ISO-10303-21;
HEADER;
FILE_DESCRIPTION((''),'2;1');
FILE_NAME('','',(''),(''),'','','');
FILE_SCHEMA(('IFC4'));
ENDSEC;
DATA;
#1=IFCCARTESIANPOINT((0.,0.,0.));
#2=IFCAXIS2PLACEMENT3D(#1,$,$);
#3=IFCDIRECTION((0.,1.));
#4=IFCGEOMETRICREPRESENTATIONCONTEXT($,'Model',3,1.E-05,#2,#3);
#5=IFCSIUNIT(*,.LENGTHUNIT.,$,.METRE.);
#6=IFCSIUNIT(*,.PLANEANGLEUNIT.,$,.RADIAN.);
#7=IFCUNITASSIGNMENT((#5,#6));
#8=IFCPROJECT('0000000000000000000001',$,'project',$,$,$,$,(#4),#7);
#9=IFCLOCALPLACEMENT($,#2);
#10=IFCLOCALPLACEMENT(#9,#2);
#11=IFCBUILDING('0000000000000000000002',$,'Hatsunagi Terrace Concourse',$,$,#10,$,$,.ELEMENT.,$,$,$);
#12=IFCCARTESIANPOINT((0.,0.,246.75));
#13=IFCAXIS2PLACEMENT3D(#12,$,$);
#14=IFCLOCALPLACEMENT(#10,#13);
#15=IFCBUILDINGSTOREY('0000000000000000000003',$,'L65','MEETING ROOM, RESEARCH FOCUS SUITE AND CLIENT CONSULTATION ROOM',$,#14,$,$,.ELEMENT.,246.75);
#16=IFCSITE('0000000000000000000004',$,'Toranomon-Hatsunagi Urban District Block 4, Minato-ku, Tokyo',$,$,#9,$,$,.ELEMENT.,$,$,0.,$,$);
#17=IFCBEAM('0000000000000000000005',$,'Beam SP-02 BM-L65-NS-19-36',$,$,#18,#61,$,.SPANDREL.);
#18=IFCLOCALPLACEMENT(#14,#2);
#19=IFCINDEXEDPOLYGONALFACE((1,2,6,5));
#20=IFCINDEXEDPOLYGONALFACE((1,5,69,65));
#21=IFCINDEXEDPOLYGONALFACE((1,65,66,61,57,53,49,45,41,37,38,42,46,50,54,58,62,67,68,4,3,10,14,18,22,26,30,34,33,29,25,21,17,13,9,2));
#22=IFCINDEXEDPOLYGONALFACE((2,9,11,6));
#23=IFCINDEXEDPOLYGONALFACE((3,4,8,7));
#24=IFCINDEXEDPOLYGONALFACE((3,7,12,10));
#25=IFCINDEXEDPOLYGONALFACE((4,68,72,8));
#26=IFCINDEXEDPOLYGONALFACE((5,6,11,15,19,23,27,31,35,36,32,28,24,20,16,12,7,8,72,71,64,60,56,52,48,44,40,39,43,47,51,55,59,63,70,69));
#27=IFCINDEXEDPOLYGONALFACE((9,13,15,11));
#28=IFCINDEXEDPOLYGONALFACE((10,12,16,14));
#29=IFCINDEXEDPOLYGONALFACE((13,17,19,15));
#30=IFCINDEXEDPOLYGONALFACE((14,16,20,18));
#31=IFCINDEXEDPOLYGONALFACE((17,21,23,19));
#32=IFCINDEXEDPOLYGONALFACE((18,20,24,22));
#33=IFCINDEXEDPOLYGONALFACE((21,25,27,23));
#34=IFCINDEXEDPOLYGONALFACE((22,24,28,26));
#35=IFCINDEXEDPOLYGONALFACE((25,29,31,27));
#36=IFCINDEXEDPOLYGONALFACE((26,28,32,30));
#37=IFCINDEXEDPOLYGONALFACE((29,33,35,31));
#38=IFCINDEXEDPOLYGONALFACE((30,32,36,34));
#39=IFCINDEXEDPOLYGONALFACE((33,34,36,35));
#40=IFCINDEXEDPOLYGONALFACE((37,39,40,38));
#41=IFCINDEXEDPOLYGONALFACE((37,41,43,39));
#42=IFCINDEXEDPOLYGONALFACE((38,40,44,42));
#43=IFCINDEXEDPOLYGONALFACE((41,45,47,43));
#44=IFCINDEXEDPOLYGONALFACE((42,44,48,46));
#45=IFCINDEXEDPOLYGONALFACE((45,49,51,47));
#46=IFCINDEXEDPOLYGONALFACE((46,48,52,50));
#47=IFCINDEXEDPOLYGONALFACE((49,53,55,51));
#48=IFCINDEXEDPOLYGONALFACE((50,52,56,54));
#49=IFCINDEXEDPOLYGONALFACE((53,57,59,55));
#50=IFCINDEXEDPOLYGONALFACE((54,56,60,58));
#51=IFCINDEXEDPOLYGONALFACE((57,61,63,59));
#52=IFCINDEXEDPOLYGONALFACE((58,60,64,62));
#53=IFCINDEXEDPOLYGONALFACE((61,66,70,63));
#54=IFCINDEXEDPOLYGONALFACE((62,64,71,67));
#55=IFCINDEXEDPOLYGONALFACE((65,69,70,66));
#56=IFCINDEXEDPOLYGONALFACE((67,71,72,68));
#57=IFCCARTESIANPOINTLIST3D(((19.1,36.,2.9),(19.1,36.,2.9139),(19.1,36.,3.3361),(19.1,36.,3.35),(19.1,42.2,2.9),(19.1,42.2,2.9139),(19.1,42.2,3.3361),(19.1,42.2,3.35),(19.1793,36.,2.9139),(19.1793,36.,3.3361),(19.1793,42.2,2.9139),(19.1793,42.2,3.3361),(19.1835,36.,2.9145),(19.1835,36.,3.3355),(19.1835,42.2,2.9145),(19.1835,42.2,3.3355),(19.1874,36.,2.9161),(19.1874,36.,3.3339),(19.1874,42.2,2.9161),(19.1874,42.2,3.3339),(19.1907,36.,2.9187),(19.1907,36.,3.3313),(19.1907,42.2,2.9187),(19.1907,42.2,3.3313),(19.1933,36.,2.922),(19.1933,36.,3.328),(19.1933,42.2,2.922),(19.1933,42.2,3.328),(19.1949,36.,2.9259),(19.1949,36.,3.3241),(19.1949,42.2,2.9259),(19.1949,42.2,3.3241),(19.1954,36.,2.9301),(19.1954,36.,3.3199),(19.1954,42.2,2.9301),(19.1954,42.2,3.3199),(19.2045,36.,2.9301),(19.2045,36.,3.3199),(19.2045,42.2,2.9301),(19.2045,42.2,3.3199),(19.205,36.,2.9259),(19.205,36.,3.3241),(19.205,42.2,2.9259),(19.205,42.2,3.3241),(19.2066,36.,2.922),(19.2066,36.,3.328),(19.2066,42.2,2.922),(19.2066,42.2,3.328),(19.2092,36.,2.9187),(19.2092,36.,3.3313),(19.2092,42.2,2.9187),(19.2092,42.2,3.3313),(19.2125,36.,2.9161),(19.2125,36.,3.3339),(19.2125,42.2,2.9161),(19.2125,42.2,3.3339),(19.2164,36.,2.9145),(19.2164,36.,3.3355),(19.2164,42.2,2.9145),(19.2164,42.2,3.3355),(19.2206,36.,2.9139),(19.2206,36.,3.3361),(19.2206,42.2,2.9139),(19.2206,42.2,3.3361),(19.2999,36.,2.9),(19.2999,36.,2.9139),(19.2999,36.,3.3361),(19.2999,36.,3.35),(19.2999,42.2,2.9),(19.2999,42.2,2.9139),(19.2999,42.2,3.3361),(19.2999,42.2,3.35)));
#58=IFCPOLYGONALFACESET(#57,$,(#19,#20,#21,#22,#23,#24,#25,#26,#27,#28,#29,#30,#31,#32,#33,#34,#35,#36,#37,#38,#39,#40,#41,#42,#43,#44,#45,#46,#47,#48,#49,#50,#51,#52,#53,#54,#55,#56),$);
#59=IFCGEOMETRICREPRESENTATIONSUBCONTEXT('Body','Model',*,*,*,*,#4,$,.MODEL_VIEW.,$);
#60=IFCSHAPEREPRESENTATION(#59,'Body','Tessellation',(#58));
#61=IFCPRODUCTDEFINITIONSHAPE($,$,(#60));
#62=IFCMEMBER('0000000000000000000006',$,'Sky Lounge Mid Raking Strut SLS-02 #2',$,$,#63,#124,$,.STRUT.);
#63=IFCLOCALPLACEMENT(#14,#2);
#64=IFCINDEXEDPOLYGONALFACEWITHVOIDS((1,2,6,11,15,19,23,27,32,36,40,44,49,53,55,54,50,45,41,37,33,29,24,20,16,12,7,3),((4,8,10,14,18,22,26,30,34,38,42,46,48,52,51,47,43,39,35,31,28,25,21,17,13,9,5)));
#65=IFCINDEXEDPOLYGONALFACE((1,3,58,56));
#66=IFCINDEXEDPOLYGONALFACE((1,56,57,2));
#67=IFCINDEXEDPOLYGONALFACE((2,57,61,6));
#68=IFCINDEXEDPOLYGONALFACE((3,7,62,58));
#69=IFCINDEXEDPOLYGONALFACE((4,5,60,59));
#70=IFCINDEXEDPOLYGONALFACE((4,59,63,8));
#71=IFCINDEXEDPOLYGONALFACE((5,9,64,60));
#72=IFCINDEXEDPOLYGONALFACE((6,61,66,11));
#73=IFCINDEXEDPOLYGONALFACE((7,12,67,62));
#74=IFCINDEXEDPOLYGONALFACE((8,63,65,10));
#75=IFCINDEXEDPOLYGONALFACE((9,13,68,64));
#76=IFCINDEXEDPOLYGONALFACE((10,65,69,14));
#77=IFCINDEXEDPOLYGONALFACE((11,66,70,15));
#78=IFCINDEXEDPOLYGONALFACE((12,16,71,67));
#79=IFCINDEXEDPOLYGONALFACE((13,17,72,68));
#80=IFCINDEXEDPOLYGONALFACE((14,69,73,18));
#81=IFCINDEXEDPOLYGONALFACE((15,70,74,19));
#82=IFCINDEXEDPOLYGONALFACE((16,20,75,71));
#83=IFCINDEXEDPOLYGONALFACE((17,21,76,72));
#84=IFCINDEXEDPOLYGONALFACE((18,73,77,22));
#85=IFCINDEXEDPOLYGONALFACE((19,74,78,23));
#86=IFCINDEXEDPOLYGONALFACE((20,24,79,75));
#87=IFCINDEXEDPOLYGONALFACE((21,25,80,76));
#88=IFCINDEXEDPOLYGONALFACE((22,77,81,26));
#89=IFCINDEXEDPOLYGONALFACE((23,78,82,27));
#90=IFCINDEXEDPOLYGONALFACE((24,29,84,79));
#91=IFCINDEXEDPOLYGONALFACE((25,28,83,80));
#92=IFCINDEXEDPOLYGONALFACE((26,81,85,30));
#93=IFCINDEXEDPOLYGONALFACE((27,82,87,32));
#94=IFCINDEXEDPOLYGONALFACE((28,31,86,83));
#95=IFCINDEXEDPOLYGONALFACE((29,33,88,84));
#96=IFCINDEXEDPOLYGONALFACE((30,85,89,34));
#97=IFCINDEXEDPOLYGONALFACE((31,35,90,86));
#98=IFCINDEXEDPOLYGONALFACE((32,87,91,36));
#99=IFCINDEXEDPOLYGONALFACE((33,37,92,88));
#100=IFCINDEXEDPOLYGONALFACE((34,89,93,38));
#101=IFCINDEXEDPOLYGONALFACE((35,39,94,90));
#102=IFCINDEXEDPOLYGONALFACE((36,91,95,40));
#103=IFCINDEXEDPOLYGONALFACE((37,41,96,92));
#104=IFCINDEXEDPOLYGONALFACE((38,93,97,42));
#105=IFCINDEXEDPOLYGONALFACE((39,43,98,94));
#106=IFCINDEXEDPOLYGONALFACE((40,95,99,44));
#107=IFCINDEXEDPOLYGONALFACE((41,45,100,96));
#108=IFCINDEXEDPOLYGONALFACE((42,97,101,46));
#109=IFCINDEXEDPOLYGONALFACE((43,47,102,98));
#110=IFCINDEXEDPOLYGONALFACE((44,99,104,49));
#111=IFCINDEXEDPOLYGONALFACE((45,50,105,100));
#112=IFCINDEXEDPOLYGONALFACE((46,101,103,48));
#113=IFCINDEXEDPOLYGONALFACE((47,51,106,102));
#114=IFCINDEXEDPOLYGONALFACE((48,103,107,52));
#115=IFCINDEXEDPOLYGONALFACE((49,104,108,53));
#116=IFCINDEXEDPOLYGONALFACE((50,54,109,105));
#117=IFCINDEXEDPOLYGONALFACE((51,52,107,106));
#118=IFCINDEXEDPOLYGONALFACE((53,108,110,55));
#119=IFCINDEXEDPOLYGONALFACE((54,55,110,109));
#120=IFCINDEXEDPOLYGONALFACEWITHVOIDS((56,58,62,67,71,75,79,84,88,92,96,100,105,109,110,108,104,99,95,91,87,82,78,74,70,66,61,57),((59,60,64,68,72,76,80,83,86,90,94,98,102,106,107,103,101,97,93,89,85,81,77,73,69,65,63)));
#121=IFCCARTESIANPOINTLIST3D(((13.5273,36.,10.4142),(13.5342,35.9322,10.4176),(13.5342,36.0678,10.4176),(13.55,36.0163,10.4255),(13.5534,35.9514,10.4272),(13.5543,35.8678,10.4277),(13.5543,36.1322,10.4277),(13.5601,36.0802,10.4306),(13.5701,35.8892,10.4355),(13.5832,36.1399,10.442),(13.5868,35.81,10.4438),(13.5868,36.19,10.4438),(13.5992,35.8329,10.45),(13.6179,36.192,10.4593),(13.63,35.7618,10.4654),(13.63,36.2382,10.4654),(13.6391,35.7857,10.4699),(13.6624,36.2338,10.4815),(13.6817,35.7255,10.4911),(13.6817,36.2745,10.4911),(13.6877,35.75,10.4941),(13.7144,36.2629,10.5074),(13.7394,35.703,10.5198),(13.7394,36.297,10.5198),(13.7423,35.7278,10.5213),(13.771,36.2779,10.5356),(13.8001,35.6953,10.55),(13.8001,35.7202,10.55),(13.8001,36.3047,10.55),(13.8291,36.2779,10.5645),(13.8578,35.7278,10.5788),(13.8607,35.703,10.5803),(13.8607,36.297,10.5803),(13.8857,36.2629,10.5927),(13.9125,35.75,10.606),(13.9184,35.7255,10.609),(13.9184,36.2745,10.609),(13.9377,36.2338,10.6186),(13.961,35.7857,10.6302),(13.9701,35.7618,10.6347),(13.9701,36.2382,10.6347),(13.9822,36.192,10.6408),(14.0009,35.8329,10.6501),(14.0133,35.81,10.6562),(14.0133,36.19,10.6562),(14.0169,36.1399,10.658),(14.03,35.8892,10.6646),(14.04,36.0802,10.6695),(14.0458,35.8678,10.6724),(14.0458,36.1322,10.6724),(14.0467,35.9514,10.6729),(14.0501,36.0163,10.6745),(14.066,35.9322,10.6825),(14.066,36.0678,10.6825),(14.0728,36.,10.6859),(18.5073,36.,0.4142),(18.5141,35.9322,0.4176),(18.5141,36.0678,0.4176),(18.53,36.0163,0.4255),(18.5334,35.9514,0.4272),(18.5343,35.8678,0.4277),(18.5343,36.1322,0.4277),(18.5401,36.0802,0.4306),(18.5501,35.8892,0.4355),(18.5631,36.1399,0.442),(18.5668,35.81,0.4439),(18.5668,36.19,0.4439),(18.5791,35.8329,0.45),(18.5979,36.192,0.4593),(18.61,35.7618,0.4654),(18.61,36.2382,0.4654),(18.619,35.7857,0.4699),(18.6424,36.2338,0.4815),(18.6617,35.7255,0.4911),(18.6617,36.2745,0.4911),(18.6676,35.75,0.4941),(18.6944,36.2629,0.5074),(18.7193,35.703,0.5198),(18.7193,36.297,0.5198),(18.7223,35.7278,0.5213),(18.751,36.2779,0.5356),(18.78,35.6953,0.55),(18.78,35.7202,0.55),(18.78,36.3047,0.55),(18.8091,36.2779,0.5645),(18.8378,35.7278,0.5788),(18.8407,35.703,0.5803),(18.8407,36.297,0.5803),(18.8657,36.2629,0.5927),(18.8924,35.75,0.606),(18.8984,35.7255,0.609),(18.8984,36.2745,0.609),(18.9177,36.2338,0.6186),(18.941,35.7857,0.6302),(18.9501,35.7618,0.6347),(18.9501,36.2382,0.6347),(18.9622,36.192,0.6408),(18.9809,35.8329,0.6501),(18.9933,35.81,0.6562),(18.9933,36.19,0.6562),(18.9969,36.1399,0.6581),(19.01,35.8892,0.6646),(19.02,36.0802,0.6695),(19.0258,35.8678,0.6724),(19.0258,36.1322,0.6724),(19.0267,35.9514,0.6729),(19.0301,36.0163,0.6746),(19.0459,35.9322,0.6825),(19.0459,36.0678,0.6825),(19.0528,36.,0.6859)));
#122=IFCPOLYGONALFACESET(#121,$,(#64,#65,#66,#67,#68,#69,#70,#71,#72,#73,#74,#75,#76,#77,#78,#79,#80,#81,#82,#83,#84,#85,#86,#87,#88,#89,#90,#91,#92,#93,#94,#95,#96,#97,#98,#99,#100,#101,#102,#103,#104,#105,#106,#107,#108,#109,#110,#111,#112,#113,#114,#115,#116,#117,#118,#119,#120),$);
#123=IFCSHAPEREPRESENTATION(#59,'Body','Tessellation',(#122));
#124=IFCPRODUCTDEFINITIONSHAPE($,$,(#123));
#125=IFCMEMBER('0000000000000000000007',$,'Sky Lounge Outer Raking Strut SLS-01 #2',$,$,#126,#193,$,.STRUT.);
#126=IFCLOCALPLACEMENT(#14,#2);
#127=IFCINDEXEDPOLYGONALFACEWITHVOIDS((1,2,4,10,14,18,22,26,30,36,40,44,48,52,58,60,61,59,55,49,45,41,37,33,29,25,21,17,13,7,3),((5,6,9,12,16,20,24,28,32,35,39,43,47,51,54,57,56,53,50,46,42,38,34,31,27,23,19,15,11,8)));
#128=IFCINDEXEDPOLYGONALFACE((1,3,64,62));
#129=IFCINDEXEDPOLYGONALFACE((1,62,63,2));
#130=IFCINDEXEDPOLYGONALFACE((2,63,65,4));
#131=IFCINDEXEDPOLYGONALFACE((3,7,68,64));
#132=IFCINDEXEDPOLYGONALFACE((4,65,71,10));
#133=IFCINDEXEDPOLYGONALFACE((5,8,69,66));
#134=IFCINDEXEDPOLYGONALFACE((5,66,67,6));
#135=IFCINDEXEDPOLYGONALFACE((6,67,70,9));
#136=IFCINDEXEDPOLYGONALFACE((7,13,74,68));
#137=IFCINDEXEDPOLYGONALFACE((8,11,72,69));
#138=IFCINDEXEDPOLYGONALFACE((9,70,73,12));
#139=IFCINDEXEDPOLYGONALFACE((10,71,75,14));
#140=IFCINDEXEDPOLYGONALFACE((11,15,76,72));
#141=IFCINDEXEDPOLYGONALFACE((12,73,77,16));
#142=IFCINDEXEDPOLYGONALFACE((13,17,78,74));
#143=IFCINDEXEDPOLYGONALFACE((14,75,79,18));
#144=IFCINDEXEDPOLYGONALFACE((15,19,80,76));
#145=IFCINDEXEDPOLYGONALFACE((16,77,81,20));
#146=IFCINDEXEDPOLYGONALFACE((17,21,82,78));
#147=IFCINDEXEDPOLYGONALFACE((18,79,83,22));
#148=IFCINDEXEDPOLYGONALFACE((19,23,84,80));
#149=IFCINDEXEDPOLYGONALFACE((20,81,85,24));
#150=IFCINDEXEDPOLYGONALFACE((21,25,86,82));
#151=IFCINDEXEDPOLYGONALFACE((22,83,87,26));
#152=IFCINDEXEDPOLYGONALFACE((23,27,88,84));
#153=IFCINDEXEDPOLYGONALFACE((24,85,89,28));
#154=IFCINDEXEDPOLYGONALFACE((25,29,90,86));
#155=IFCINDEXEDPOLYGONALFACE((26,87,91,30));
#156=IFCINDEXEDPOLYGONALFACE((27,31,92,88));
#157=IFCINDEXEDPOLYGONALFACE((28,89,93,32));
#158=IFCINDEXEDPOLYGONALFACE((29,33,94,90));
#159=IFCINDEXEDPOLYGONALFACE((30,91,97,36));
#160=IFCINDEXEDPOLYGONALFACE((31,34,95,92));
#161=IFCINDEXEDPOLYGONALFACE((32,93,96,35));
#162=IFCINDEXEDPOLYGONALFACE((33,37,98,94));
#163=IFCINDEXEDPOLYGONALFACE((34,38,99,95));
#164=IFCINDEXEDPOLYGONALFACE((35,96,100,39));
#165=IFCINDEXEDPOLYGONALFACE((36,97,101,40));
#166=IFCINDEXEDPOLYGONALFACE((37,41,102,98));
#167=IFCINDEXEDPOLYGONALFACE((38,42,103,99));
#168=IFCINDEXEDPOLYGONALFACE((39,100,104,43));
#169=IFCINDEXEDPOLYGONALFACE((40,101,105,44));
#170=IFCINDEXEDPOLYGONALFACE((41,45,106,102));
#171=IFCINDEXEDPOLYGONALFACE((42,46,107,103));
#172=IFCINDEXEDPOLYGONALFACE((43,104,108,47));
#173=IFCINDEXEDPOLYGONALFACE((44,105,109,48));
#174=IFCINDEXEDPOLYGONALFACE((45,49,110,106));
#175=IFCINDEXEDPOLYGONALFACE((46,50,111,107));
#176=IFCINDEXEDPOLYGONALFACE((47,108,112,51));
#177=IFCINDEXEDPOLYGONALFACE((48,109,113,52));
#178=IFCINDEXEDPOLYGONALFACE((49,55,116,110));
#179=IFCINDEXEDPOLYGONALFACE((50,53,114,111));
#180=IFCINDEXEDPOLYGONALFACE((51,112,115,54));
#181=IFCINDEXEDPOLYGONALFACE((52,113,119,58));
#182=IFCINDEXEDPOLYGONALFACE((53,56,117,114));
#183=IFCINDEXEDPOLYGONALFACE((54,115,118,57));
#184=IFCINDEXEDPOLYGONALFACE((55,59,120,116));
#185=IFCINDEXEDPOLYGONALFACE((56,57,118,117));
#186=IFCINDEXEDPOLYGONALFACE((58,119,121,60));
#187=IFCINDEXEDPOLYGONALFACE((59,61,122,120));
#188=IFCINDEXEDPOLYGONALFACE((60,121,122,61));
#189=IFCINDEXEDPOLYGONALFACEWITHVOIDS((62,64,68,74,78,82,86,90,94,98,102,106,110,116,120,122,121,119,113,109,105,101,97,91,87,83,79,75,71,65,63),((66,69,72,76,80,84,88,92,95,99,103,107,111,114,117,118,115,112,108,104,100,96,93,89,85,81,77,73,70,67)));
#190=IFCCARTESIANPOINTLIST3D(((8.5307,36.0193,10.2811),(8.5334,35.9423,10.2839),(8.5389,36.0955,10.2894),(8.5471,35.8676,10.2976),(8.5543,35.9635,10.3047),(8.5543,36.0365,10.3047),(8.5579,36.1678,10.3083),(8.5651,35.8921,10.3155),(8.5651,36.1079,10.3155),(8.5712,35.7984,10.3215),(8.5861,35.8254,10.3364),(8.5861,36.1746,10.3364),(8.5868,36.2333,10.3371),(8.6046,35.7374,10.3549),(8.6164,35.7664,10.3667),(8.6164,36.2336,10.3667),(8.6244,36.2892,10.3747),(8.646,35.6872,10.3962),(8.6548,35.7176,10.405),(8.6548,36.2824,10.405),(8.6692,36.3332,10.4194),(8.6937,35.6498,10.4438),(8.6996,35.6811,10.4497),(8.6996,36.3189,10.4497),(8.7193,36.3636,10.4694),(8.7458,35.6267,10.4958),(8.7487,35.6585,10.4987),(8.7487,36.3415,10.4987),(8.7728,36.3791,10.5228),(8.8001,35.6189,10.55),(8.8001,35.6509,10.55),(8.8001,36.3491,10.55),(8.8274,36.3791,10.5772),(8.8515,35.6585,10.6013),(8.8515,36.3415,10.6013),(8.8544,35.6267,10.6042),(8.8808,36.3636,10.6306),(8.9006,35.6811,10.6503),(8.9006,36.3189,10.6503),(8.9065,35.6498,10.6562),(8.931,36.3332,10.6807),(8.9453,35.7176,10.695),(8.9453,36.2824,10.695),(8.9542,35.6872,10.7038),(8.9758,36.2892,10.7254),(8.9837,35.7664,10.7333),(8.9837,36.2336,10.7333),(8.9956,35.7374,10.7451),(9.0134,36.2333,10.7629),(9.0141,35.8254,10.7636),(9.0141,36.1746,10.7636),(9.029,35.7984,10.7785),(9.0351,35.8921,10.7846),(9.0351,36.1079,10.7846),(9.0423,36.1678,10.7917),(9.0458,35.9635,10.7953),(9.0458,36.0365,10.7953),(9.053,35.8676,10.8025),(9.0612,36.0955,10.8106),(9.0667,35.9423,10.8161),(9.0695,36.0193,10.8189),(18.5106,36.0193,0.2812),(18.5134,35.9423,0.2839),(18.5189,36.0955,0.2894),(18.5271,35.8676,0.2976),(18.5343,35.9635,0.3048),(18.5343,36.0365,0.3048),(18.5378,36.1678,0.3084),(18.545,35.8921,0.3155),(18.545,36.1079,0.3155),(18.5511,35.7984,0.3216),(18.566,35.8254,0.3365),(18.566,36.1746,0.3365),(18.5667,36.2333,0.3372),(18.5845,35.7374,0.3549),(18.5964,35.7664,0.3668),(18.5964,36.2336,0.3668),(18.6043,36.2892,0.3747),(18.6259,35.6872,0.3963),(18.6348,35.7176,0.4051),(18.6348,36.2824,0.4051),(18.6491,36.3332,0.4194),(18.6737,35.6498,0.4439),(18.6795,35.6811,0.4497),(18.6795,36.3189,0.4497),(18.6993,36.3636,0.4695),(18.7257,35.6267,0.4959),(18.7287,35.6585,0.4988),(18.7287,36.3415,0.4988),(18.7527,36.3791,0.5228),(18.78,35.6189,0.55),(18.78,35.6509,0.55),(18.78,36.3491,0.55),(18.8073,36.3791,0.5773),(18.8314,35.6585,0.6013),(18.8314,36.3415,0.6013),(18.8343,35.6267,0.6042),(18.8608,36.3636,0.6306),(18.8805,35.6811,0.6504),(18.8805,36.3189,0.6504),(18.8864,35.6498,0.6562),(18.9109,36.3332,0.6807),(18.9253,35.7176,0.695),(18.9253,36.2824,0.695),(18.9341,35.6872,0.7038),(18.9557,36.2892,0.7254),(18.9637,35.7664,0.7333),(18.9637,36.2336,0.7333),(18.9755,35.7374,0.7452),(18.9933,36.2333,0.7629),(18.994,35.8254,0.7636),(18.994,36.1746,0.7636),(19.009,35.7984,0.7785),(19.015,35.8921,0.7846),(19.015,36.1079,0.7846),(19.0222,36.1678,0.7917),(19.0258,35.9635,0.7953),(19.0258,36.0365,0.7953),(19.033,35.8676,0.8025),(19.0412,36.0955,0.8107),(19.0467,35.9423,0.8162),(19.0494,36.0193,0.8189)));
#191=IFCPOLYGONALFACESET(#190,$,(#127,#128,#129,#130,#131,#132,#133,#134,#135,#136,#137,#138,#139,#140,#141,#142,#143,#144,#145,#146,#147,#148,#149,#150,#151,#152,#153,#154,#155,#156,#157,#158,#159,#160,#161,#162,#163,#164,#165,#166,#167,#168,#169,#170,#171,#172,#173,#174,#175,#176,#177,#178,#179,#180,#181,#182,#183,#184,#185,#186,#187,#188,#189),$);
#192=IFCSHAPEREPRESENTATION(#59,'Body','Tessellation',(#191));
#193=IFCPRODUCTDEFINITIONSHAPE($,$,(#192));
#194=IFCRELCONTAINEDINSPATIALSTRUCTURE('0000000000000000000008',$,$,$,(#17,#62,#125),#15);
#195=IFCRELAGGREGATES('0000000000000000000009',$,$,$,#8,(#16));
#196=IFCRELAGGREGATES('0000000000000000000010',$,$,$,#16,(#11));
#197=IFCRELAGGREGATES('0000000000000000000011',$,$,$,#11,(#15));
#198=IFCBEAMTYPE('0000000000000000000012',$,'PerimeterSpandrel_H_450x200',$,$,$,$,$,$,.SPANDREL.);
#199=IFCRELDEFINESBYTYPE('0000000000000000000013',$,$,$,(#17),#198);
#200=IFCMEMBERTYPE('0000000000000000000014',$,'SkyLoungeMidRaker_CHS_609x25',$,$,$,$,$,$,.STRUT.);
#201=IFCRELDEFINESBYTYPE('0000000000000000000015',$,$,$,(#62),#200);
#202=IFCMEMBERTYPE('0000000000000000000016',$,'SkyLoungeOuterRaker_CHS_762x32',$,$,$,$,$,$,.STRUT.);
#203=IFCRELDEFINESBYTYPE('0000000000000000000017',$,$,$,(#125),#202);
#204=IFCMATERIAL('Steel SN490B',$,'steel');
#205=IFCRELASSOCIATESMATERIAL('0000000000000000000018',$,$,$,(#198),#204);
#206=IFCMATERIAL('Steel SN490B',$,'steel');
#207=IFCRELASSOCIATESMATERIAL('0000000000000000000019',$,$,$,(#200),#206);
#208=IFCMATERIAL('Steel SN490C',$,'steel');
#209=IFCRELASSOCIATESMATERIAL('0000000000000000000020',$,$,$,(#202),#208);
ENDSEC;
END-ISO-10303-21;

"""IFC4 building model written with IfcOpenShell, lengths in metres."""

from ifc_helpers import new_model, si_unit, direction, frame, origin, origin_2d, place, context, subcontext, project, spatial, hollow_circle, i_section, extrude, material, material_profile, profile_set, type_object, element, save


model = new_model("IFC4")

# Units and contexts
model_context = context("Model", 3, precision=1e-05, world=origin(), true_north=direction((0.0, 1.0)))
body_context = subcontext(model_context, "Body", "Model", "MODEL_VIEW")
ifc_project = project(units=[si_unit("LENGTHUNIT", "METRE"), si_unit("PLANEANGLEUNIT", "RADIAN")], contexts=[model_context])

# Site, building, storey
site_placement = place(None, origin())
site = spatial("IfcSite", under=ifc_project, at=site_placement, Name="Toranomon-Hatsunagi Urban District Block 4, Minato-ku, Tokyo", CompositionType="ELEMENT", RefElevation=0.0)
building_placement = place(site_placement, origin())
building = spatial("IfcBuilding", under=site, at=building_placement, Name="Hatsunagi Terrace Concourse", CompositionType="ELEMENT")
storey_placement = place(building_placement, frame((0.0, 0.0, 246.75)))
storey = spatial("IfcBuildingStorey", under=building, at=storey_placement, Name="L65", Description="MEETING ROOM, RESEARCH FOCUS SUITE AND CLIENT CONSULTATION ROOM", CompositionType="ELEMENT", Elevation=246.75)

# Beam
ifc_material_1 = material(Name="Steel SN490B", Category="steel")
ifc_material_profile_1 = material_profile(ifc_material_1, i_section(OverallWidth=0.2, OverallDepth=0.45, WebThickness=0.009, FlangeThickness=0.0139, FilletRadius=0.0161, at=origin_2d()), Name="H-450x200x9x14")
ifc_profile_set_1 = profile_set([ifc_material_profile_1], Name="Steel SN490B")
beam_type_1 = type_object("IfcBeamType", Name="PerimeterSpandrel_H_450x200", PredefinedType="SPANDREL", material=ifc_profile_set_1)
beam_1_placement = place(storey_placement, frame((19.2, 36.0, 3.125), z_axis=(0.0, 1.0, 0.0), x_axis=(-1.0, 0.0, 0.0)))
element("IfcBeam", 1, at=beam_1_placement, inside=storey, type_object=beam_type_1, Name="Beam SP-02 BM-L65-NS-19-36", PredefinedType="SPANDREL", context=body_context, shape_type="SweptSolid", body=[
    extrude(i_section(OverallWidth=0.2, OverallDepth=0.45, WebThickness=0.009, FlangeThickness=0.0139, FilletRadius=0.0161, at=origin_2d()), origin(), (0.0, 0.0, 1.0), 6.2),
])

# Members
ifc_material_2 = material(Name="Steel SN490B", Category="steel")
ifc_material_profile_2 = material_profile(ifc_material_2, hollow_circle(Radius=0.3047, WallThickness=0.0249, at=origin_2d()), Name="CHS-609.6x25")
ifc_profile_set_2 = profile_set([ifc_material_profile_2], Name="Steel SN490B")
member_type_1 = type_object("IfcMemberType", Name="SkyLoungeMidRaker_CHS_609x25", PredefinedType="STRUT", material=ifc_profile_set_2)
member_1_placement = place(storey_placement, frame((18.78, 36.0, 0.55), z_axis=(-0.445779, 0.0, 0.895143), x_axis=(0.0, -1.0, 0.0)))
element("IfcMember", 2, at=member_1_placement, inside=storey, type_object=member_type_1, Name="Sky Lounge Mid Raking Strut SLS-02 #2", PredefinedType="STRUT", context=body_context, shape_type="SweptSolid", body=[
    extrude(hollow_circle(Radius=0.3047, WallThickness=0.0249, at=origin_2d()), origin(), (0.0, 0.0, 1.0), 11.1714),
])
ifc_material_3 = material(Name="Steel SN490C", Category="steel")
ifc_material_profile_3 = material_profile(ifc_material_3, hollow_circle(Radius=0.3811, WallThickness=0.032, at=origin_2d()), Name="CHS-762x32")
ifc_profile_set_3 = profile_set([ifc_material_profile_3], Name="Steel SN490C")
member_type_2 = type_object("IfcMemberType", Name="SkyLoungeOuterRaker_CHS_762x32", PredefinedType="STRUT", material=ifc_profile_set_3)
member_2_placement = place(storey_placement, frame((18.78, 36.0, 0.55), z_axis=(-0.706398, 0.0, 0.707815), x_axis=(0.0, -1.0, 0.0)))
element("IfcMember", 3, at=member_2_placement, inside=storey, type_object=member_type_2, Name="Sky Lounge Outer Raking Strut SLS-01 #2", PredefinedType="STRUT", context=body_context, shape_type="SweptSolid", body=[
    extrude(hollow_circle(Radius=0.3811, WallThickness=0.032, at=origin_2d()), origin(), (0.0, 0.0, 1.0), 14.1279),
])

save(model, "model.ifc")
